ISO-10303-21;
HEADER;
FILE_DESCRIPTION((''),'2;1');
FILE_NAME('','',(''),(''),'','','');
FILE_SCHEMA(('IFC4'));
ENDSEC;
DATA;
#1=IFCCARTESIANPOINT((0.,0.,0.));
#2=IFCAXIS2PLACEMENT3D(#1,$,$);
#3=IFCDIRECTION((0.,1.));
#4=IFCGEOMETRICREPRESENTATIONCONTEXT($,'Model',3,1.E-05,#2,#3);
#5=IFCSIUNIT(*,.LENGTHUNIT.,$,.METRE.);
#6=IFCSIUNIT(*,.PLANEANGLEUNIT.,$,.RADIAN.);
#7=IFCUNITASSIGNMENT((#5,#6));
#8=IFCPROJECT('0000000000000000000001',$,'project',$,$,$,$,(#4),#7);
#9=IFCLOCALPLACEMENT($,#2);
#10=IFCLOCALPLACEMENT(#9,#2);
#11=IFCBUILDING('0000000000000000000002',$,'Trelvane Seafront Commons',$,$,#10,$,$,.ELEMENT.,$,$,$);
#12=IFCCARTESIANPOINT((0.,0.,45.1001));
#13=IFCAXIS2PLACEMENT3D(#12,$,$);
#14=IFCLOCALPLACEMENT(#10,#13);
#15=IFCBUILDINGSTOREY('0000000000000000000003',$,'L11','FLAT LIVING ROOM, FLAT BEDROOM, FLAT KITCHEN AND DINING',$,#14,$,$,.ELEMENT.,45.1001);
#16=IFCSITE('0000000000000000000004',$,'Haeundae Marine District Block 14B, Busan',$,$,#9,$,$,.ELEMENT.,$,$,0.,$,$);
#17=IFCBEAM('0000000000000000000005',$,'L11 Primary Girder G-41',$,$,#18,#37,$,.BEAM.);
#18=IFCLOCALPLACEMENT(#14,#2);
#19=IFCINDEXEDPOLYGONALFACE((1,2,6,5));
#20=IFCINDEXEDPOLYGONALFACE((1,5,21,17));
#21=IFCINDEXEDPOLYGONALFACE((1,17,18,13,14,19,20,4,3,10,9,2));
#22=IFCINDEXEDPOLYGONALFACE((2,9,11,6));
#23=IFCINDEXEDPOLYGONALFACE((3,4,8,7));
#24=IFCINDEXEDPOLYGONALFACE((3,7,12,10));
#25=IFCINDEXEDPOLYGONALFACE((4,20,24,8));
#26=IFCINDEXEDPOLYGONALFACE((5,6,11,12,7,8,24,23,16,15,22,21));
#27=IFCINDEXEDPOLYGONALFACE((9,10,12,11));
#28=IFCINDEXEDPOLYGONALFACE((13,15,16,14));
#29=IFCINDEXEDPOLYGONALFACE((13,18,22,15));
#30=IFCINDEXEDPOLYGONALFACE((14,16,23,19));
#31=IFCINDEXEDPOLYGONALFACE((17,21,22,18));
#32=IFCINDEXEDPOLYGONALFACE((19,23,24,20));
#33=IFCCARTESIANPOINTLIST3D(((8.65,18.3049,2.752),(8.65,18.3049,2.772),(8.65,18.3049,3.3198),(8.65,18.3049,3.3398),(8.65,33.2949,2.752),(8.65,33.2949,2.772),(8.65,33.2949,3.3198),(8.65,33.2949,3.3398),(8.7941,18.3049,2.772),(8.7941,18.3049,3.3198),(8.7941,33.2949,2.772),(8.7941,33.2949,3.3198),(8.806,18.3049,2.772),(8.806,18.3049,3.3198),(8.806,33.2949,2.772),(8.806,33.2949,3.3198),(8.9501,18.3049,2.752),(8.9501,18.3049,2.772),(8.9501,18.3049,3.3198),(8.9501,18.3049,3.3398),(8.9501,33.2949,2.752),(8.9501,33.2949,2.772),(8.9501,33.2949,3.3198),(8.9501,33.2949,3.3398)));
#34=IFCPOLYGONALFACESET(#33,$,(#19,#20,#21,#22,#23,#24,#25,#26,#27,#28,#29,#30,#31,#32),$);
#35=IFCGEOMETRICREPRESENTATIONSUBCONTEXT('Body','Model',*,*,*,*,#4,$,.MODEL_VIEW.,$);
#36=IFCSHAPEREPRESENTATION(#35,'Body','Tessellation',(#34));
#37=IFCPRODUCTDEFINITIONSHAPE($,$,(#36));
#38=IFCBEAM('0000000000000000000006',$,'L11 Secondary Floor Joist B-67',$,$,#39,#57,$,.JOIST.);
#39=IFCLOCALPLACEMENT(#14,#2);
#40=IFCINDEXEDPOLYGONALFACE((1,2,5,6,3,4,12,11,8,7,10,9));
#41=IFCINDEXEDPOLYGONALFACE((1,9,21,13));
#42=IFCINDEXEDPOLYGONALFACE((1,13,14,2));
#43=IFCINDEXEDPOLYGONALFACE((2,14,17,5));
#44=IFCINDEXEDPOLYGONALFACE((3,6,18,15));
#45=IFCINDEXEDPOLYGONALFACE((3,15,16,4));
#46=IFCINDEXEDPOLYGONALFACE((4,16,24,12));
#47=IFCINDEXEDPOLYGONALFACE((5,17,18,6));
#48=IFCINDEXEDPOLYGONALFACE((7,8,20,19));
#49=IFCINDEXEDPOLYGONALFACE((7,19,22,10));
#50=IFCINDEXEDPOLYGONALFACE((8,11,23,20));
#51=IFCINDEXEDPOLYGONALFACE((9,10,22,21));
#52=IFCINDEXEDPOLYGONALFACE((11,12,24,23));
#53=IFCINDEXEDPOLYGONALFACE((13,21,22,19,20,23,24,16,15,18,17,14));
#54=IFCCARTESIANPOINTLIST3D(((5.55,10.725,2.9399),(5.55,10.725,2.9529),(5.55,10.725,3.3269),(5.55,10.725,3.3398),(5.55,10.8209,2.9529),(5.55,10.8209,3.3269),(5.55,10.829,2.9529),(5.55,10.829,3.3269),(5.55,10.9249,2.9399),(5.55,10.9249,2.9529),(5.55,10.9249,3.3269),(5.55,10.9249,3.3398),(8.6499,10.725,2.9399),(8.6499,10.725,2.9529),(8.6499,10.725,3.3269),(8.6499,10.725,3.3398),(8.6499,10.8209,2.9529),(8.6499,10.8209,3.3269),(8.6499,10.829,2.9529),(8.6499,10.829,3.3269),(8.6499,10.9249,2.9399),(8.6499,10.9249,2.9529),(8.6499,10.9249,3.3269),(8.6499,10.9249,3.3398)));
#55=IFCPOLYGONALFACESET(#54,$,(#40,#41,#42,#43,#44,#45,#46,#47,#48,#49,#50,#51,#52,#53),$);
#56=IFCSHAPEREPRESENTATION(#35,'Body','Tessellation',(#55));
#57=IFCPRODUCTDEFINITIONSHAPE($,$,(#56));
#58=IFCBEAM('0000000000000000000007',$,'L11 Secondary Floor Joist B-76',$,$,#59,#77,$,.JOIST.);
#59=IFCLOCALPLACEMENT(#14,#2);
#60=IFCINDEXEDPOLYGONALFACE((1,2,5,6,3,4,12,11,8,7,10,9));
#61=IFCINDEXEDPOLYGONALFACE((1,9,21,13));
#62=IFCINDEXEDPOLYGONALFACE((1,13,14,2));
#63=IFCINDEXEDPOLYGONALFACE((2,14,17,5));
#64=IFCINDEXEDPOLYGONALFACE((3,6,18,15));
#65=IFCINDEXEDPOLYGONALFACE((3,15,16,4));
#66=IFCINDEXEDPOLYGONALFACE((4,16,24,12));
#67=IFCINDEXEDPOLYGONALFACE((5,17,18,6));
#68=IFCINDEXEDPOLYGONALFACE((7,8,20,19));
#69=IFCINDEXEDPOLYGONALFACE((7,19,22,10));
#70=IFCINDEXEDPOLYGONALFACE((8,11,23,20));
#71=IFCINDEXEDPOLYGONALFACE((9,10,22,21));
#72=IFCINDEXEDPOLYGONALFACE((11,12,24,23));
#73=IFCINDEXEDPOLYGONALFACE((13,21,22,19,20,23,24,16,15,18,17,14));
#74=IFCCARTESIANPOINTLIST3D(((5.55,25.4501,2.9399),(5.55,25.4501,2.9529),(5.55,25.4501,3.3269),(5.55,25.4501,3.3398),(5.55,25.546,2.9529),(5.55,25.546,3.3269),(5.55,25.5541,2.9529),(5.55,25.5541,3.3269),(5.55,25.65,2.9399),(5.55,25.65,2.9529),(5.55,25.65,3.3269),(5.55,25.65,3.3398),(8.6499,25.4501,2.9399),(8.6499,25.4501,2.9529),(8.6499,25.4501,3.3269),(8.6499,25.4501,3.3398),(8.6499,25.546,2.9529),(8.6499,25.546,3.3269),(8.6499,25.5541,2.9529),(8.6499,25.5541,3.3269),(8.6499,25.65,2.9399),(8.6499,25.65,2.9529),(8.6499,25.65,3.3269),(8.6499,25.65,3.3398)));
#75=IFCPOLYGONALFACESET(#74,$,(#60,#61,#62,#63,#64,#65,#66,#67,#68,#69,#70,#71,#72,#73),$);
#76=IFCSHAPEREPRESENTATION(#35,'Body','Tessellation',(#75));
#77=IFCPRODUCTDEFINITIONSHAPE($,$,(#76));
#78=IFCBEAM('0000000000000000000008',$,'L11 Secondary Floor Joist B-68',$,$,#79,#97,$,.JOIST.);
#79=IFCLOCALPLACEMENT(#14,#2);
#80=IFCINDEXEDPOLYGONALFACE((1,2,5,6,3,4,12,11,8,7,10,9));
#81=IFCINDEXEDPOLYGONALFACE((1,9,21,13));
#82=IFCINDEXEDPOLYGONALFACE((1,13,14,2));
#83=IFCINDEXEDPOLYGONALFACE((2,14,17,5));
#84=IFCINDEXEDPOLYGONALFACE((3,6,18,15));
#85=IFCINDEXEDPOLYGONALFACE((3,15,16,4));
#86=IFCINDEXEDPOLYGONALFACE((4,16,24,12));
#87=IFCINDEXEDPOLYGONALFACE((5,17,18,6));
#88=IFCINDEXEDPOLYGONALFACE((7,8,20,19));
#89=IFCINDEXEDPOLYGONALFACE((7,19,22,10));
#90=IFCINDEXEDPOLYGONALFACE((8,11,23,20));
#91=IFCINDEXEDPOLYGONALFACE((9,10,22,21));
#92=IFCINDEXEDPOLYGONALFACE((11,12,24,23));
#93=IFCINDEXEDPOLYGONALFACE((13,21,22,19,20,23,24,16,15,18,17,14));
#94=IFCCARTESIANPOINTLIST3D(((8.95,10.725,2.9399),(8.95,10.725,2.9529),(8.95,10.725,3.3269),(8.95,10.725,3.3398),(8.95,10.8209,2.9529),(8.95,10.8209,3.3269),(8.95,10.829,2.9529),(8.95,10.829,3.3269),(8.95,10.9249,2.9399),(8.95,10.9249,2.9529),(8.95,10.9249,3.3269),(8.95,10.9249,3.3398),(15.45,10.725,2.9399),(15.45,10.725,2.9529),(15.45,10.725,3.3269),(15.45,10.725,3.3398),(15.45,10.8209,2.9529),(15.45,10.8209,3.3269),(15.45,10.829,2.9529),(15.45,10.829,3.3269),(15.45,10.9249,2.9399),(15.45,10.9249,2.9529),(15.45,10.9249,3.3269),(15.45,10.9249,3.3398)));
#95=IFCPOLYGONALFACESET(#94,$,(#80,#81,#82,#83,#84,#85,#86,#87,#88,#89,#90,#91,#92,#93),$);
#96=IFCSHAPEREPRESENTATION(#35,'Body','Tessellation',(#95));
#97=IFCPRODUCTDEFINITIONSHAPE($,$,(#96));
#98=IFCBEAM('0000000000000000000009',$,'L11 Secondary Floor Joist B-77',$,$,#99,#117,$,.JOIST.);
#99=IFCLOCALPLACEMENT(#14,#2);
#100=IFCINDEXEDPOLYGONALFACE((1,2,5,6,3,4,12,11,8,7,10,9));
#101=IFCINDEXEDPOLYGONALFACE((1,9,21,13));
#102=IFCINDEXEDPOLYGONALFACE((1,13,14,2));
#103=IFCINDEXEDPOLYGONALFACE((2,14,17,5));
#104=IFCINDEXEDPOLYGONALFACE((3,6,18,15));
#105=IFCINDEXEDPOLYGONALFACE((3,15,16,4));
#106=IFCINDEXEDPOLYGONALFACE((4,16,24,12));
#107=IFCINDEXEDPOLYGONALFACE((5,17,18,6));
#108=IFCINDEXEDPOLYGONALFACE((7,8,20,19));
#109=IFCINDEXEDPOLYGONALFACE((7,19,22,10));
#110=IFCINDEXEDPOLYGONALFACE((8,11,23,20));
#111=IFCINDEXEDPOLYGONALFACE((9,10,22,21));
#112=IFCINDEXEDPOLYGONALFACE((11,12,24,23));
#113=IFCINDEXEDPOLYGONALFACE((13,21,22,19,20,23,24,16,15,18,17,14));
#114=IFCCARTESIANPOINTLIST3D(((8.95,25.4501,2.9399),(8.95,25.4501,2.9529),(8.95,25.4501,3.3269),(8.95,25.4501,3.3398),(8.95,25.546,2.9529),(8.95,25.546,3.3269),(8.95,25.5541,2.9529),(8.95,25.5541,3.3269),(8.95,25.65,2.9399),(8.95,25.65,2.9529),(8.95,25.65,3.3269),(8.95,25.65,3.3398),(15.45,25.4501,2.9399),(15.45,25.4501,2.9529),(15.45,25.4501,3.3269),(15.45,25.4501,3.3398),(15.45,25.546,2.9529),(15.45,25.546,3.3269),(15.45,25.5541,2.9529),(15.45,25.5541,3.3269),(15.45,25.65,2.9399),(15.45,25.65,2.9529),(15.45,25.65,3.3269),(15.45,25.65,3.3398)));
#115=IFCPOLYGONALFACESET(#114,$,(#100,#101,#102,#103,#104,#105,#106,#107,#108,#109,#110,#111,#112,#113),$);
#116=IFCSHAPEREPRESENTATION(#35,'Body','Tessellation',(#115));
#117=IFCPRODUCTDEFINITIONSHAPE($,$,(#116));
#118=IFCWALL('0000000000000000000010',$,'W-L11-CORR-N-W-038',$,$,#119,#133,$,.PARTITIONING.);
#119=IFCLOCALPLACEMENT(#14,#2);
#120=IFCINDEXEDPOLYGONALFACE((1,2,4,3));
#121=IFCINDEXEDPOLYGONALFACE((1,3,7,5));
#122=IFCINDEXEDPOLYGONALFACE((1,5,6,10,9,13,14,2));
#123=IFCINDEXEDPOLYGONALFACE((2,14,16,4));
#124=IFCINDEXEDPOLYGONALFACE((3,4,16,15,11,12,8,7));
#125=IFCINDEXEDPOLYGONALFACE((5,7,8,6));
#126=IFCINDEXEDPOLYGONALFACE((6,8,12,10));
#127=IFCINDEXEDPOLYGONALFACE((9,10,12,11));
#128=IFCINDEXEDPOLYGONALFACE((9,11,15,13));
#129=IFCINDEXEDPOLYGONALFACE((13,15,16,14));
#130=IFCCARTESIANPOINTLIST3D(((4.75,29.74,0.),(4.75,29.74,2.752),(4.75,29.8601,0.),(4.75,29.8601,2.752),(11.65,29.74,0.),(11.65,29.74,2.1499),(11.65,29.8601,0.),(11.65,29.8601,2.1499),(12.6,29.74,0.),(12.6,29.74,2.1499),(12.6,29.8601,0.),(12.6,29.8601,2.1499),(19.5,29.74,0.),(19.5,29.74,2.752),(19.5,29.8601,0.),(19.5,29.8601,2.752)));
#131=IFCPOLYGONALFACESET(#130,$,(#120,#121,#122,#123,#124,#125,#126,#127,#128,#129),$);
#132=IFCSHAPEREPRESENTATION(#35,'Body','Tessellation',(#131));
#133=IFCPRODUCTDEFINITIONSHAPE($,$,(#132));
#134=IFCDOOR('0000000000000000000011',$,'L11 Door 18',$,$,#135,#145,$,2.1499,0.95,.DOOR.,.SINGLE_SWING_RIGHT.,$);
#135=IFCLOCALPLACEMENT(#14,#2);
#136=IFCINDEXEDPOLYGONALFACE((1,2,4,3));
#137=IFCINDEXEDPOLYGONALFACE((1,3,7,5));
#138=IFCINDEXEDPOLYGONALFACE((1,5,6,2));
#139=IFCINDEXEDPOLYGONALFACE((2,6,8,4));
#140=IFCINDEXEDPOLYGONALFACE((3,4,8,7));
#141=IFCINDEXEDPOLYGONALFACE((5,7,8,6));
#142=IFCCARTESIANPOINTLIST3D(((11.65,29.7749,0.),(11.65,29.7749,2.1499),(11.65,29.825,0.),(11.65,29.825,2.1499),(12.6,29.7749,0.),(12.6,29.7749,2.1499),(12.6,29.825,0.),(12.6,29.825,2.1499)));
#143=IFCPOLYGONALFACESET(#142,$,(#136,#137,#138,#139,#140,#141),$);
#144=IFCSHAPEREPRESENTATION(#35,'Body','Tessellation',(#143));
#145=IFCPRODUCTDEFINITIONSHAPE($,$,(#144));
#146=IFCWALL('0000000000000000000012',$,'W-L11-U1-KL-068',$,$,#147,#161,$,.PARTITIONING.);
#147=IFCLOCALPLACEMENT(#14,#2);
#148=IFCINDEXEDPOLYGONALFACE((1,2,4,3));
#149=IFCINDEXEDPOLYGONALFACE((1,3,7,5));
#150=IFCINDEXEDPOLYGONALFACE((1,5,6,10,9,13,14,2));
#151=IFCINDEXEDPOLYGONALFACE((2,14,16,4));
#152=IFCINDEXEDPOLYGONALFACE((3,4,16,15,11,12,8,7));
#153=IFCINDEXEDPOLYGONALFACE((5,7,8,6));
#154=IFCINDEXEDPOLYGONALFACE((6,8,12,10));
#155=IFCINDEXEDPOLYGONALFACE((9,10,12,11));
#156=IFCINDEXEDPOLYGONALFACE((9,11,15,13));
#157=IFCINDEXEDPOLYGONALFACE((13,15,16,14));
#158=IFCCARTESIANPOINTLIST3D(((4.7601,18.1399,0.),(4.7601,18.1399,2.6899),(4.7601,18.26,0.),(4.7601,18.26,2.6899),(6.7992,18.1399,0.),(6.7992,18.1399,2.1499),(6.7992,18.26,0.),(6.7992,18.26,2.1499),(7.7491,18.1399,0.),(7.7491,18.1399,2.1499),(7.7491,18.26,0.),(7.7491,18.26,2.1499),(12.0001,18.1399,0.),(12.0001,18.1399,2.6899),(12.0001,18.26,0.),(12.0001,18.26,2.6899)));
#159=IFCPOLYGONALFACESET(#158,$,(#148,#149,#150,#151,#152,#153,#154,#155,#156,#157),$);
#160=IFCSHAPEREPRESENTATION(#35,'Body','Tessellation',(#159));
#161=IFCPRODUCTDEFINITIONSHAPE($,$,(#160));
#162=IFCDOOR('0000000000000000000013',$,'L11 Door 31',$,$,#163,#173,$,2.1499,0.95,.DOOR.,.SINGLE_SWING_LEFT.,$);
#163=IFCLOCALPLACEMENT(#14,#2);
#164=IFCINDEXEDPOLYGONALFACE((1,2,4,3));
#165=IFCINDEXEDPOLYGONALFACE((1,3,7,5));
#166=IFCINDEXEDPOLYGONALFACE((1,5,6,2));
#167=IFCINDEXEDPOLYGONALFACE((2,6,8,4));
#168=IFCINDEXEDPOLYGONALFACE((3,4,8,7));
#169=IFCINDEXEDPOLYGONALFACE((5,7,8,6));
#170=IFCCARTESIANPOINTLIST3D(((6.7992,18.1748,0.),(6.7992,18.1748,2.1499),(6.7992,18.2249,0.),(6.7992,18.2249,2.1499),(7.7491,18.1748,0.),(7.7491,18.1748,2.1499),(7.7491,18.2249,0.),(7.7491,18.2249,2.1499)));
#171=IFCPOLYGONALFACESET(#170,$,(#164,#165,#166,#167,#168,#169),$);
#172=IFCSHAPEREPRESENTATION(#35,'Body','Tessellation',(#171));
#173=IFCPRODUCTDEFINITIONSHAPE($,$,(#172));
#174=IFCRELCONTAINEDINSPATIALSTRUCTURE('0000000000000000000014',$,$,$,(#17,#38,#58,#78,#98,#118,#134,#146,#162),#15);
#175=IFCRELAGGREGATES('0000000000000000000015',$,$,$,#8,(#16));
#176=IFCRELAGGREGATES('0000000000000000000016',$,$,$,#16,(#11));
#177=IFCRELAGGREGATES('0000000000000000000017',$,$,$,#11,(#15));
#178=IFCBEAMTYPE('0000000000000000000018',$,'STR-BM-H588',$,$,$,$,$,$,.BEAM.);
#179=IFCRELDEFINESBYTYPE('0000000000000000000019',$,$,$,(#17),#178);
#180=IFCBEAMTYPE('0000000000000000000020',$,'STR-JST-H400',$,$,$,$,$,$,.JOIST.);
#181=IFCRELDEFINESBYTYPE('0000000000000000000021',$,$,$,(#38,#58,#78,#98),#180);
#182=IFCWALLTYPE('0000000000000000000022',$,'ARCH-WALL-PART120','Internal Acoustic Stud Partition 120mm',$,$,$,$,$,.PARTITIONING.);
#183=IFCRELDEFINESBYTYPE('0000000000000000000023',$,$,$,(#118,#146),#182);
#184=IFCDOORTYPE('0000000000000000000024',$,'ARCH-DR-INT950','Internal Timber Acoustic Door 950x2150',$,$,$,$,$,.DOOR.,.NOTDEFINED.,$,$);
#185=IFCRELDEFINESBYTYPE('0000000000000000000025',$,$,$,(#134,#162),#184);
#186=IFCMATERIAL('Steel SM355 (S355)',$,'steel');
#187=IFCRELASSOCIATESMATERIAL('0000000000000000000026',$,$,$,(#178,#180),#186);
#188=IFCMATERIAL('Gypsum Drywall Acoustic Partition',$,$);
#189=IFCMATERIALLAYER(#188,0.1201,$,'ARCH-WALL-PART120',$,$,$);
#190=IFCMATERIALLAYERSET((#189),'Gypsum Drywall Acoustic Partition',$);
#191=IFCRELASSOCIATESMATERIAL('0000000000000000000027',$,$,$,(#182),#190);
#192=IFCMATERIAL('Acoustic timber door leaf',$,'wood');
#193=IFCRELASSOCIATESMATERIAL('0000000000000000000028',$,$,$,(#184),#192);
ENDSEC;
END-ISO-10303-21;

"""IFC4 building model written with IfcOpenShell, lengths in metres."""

from ifc_helpers import new_model, si_unit, direction, frame, frame_2d, origin, origin_2d, place, context, subcontext, project, spatial, rectangle, i_section, extrude, source, transform, mapped, material, layer, layer_set, material_profile, profile_set, type_object, element, fill, save


model = new_model("IFC4")

# Units and contexts
model_context = context("Model", 3, precision=1e-05, world=origin(), true_north=direction((0.0, 1.0)))
body_context = subcontext(model_context, "Body", "Model", "MODEL_VIEW")
ifc_project = project(units=[si_unit("LENGTHUNIT", "METRE"), si_unit("PLANEANGLEUNIT", "RADIAN")], contexts=[model_context])

# Site, building, storey
site_placement = place(None, origin())
site = spatial("IfcSite", under=ifc_project, at=site_placement, Name="Haeundae Marine District Block 14B, Busan", CompositionType="ELEMENT", RefElevation=0.0)
building_placement = place(site_placement, origin())
building = spatial("IfcBuilding", under=site, at=building_placement, Name="Trelvane Seafront Commons", CompositionType="ELEMENT")
storey_placement = place(building_placement, frame((0.0, 0.0, 45.1001)))
storey = spatial("IfcBuildingStorey", under=building, at=storey_placement, Name="L11", Description="FLAT LIVING ROOM, FLAT BEDROOM, FLAT KITCHEN AND DINING", CompositionType="ELEMENT", Elevation=45.1001)

# Shared definitions
ifc_material_1 = material(Name="Steel SM355 (S355)", Category="steel")

# Beams
ifc_material_profile_1 = material_profile(ifc_material_1, i_section(OverallWidth=0.3, OverallDepth=0.5879, WebThickness=0.012, FlangeThickness=0.02, at=origin_2d()), Name="H-588x300x12x20")
ifc_profile_set_1 = profile_set([ifc_material_profile_1], Name="Steel SM355 (S355)")
beam_type_1 = type_object("IfcBeamType", Name="STR-BM-H588", PredefinedType="BEAM", material=ifc_profile_set_1)
shared_shape_1 = source(origin(), body_context, "Body", "SweptSolid", [
    extrude(i_section(OverallWidth=0.3, OverallDepth=0.5879, WebThickness=0.012, FlangeThickness=0.02, at=origin_2d()), origin(), (0.0, 0.0, 1.0), 14.99),
])
for number, where, z_axis, x_axis, name in (
    (1, (8.8, 18.3049, 3.0459), (0.0, 1.0, 0.0), (-1.0, 0.0, 0.0), "L11 Primary Girder G-41"),
):
    element("IfcBeam", number, at=place(storey_placement, frame(where, z_axis=z_axis, x_axis=x_axis)), inside=storey, type_object=beam_type_1, Name=name, PredefinedType="BEAM", context=body_context, shape_type="MappedRepresentation", body=[
        mapped(shared_shape_1, transform((0.0, 0.0, 0.0), x_axis=(1.0, 0.0, 0.0), y_axis=(0.0, 1.0, 0.0), z_axis=(0.0, 0.0, 1.0), scale=1.0)),
    ])
ifc_material_profile_2 = material_profile(ifc_material_1, i_section(OverallWidth=0.2, OverallDepth=0.3999, WebThickness=0.0081, FlangeThickness=0.0129, at=origin_2d()), Name="H-400x200x8x13")
ifc_profile_set_2 = profile_set([ifc_material_profile_2], Name="Steel SM355 (S355)")
beam_type_2 = type_object("IfcBeamType", Name="STR-JST-H400", PredefinedType="JOIST", material=ifc_profile_set_2)
shared_shape_2 = source(origin(), body_context, "Body", "SweptSolid", [
    extrude(i_section(OverallWidth=0.2, OverallDepth=0.3999, WebThickness=0.0081, FlangeThickness=0.0129, at=origin_2d()), origin(), (0.0, 0.0, 1.0), 3.0999),
])
for number, where, z_axis, x_axis, name in (
    (2, (5.55, 10.825, 3.1399), (1.0, 0.0, 0.0), (0.0, 1.0, 0.0), "L11 Secondary Floor Joist B-67"),
    (3, (5.55, 25.55, 3.1399), (1.0, 0.0, 0.0), (0.0, 1.0, 0.0), "L11 Secondary Floor Joist B-76"),
):
    element("IfcBeam", number, at=place(storey_placement, frame(where, z_axis=z_axis, x_axis=x_axis)), inside=storey, type_object=beam_type_2, Name=name, PredefinedType="JOIST", context=body_context, shape_type="MappedRepresentation", body=[
        mapped(shared_shape_2, transform((0.0, 0.0, 0.0), x_axis=(1.0, 0.0, 0.0), y_axis=(0.0, 1.0, 0.0), z_axis=(0.0, 0.0, 1.0), scale=1.0)),
    ])
shared_shape_3 = source(origin(), body_context, "Body", "SweptSolid", [
    extrude(i_section(OverallWidth=0.2, OverallDepth=0.3999, WebThickness=0.0081, FlangeThickness=0.0129, at=origin_2d()), origin(), (0.0, 0.0, 1.0), 6.5),
])
for number, where, z_axis, x_axis, name in (
    (4, (8.95, 10.825, 3.1399), (1.0, 0.0, 0.0), (0.0, 1.0, 0.0), "L11 Secondary Floor Joist B-68"),
    (5, (8.95, 25.55, 3.1399), (1.0, 0.0, 0.0), (0.0, 1.0, 0.0), "L11 Secondary Floor Joist B-77"),
):
    element("IfcBeam", number, at=place(storey_placement, frame(where, z_axis=z_axis, x_axis=x_axis)), inside=storey, type_object=beam_type_2, Name=name, PredefinedType="JOIST", context=body_context, shape_type="MappedRepresentation", body=[
        mapped(shared_shape_3, transform((0.0, 0.0, 0.0), x_axis=(1.0, 0.0, 0.0), y_axis=(0.0, 1.0, 0.0), z_axis=(0.0, 0.0, 1.0), scale=1.0)),
    ])

# Walls, openings, doors
ifc_material_2 = material(Name="Gypsum Drywall Acoustic Partition")
ifc_layer_1 = layer(ifc_material_2, 0.1201, Name="ARCH-WALL-PART120")
ifc_layer_set_1 = layer_set([ifc_layer_1], Name="Gypsum Drywall Acoustic Partition")
wall_type_1 = type_object("IfcWallType", Name="ARCH-WALL-PART120", Description="Internal Acoustic Stud Partition 120mm", PredefinedType="PARTITIONING", material=ifc_layer_set_1)
wall_1_placement = place(storey_placement, frame((4.75, 29.8, 0.0), z_axis=(0.0, 0.0, 1.0), x_axis=(1.0, 0.0, 0.0)))
wall_1 = element("IfcWall", 6, at=wall_1_placement, inside=storey, type_object=wall_type_1, Name="W-L11-CORR-N-W-038", PredefinedType="PARTITIONING", context=body_context, shape_type="SweptSolid", body=[
    extrude(rectangle(XDim=14.75, YDim=0.1201, at=frame_2d((7.375, 0.0))), origin(), (0.0, 0.0, 1.0), 2.752),
])
opening_1_placement = place(wall_1_placement, frame((6.8999, 0.0, 0.0)))
opening_1 = element("IfcOpeningElement", 7, at=opening_1_placement, cuts=wall_1, PredefinedType="OPENING", context=body_context, shape_type="SweptSolid", body=[
    extrude(rectangle(XDim=0.95, YDim=2.1499, at=frame_2d((0.4751, 1.075))), frame((0.0, 0.0701, 0.0), z_axis=(0.0, -1.0, 0.0), x_axis=(1.0, 0.0, 0.0)), (0.0, 0.0, 1.0), 0.1401),
])
ifc_material_3 = material(Name="Acoustic timber door leaf", Category="wood")
door_type_1 = type_object("IfcDoorType", Name="ARCH-DR-INT950", Description="Internal Timber Acoustic Door 950x2150", OperationType="NOTDEFINED", PredefinedType="DOOR", material=ifc_material_3)
shared_shape_4 = source(origin(), body_context, "Body", "SweptSolid", [
    extrude(rectangle(XDim=0.95, YDim=2.1499, at=frame_2d((0.4751, 1.075))), frame((0.0, 0.0249, 0.0), z_axis=(0.0, -1.0, 0.0), x_axis=(1.0, 0.0, 0.0)), (0.0, 0.0, 1.0), 0.05),
])
door_1_placement = place(opening_1_placement, origin())
door_1 = element("IfcDoor", 8, at=door_1_placement, inside=storey, type_object=door_type_1, Name="L11 Door 18", OperationType="SINGLE_SWING_RIGHT", OverallHeight=2.1499, OverallWidth=0.95, PredefinedType="DOOR", context=body_context, shape_type="MappedRepresentation", body=[
    mapped(shared_shape_4, transform((0.0, 0.0, 0.0), x_axis=(1.0, 0.0, 0.0), y_axis=(0.0, 1.0, 0.0), z_axis=(0.0, 0.0, 1.0), scale=1.0)),
])
fill(opening_1, door_1)
wall_2_placement = place(storey_placement, frame((4.76, 18.2, 0.0), z_axis=(0.0, 0.0, 1.0), x_axis=(1.0, 0.0, 0.0)))
wall_2 = element("IfcWall", 9, at=wall_2_placement, inside=storey, type_object=wall_type_1, Name="W-L11-U1-KL-068", PredefinedType="PARTITIONING", context=body_context, shape_type="SweptSolid", body=[
    extrude(rectangle(XDim=7.24, YDim=0.1201, at=frame_2d((3.6201, 0.0))), origin(), (0.0, 0.0, 1.0), 2.6899),
])
opening_2_placement = place(wall_2_placement, frame((2.0391, 0.0, 0.0)))
opening_2 = element("IfcOpeningElement", 10, at=opening_2_placement, cuts=wall_2, PredefinedType="OPENING", context=body_context, shape_type="SweptSolid", body=[
    extrude(rectangle(XDim=0.95, YDim=2.1499, at=frame_2d((0.4751, 1.075))), frame((0.0, 0.0701, 0.0), z_axis=(0.0, -1.0, 0.0), x_axis=(1.0, 0.0, 0.0)), (0.0, 0.0, 1.0), 0.1401),
])
door_2_placement = place(opening_2_placement, origin())
door_2 = element("IfcDoor", 11, at=door_2_placement, inside=storey, type_object=door_type_1, Name="L11 Door 31", OperationType="SINGLE_SWING_LEFT", OverallHeight=2.1499, OverallWidth=0.95, PredefinedType="DOOR", context=body_context, shape_type="MappedRepresentation", body=[
    mapped(shared_shape_4, transform((0.0, 0.0, 0.0), x_axis=(1.0, 0.0, 0.0), y_axis=(0.0, 1.0, 0.0), z_axis=(0.0, 0.0, 1.0), scale=1.0)),
])
fill(opening_2, door_2)

save(model, "model.ifc")
